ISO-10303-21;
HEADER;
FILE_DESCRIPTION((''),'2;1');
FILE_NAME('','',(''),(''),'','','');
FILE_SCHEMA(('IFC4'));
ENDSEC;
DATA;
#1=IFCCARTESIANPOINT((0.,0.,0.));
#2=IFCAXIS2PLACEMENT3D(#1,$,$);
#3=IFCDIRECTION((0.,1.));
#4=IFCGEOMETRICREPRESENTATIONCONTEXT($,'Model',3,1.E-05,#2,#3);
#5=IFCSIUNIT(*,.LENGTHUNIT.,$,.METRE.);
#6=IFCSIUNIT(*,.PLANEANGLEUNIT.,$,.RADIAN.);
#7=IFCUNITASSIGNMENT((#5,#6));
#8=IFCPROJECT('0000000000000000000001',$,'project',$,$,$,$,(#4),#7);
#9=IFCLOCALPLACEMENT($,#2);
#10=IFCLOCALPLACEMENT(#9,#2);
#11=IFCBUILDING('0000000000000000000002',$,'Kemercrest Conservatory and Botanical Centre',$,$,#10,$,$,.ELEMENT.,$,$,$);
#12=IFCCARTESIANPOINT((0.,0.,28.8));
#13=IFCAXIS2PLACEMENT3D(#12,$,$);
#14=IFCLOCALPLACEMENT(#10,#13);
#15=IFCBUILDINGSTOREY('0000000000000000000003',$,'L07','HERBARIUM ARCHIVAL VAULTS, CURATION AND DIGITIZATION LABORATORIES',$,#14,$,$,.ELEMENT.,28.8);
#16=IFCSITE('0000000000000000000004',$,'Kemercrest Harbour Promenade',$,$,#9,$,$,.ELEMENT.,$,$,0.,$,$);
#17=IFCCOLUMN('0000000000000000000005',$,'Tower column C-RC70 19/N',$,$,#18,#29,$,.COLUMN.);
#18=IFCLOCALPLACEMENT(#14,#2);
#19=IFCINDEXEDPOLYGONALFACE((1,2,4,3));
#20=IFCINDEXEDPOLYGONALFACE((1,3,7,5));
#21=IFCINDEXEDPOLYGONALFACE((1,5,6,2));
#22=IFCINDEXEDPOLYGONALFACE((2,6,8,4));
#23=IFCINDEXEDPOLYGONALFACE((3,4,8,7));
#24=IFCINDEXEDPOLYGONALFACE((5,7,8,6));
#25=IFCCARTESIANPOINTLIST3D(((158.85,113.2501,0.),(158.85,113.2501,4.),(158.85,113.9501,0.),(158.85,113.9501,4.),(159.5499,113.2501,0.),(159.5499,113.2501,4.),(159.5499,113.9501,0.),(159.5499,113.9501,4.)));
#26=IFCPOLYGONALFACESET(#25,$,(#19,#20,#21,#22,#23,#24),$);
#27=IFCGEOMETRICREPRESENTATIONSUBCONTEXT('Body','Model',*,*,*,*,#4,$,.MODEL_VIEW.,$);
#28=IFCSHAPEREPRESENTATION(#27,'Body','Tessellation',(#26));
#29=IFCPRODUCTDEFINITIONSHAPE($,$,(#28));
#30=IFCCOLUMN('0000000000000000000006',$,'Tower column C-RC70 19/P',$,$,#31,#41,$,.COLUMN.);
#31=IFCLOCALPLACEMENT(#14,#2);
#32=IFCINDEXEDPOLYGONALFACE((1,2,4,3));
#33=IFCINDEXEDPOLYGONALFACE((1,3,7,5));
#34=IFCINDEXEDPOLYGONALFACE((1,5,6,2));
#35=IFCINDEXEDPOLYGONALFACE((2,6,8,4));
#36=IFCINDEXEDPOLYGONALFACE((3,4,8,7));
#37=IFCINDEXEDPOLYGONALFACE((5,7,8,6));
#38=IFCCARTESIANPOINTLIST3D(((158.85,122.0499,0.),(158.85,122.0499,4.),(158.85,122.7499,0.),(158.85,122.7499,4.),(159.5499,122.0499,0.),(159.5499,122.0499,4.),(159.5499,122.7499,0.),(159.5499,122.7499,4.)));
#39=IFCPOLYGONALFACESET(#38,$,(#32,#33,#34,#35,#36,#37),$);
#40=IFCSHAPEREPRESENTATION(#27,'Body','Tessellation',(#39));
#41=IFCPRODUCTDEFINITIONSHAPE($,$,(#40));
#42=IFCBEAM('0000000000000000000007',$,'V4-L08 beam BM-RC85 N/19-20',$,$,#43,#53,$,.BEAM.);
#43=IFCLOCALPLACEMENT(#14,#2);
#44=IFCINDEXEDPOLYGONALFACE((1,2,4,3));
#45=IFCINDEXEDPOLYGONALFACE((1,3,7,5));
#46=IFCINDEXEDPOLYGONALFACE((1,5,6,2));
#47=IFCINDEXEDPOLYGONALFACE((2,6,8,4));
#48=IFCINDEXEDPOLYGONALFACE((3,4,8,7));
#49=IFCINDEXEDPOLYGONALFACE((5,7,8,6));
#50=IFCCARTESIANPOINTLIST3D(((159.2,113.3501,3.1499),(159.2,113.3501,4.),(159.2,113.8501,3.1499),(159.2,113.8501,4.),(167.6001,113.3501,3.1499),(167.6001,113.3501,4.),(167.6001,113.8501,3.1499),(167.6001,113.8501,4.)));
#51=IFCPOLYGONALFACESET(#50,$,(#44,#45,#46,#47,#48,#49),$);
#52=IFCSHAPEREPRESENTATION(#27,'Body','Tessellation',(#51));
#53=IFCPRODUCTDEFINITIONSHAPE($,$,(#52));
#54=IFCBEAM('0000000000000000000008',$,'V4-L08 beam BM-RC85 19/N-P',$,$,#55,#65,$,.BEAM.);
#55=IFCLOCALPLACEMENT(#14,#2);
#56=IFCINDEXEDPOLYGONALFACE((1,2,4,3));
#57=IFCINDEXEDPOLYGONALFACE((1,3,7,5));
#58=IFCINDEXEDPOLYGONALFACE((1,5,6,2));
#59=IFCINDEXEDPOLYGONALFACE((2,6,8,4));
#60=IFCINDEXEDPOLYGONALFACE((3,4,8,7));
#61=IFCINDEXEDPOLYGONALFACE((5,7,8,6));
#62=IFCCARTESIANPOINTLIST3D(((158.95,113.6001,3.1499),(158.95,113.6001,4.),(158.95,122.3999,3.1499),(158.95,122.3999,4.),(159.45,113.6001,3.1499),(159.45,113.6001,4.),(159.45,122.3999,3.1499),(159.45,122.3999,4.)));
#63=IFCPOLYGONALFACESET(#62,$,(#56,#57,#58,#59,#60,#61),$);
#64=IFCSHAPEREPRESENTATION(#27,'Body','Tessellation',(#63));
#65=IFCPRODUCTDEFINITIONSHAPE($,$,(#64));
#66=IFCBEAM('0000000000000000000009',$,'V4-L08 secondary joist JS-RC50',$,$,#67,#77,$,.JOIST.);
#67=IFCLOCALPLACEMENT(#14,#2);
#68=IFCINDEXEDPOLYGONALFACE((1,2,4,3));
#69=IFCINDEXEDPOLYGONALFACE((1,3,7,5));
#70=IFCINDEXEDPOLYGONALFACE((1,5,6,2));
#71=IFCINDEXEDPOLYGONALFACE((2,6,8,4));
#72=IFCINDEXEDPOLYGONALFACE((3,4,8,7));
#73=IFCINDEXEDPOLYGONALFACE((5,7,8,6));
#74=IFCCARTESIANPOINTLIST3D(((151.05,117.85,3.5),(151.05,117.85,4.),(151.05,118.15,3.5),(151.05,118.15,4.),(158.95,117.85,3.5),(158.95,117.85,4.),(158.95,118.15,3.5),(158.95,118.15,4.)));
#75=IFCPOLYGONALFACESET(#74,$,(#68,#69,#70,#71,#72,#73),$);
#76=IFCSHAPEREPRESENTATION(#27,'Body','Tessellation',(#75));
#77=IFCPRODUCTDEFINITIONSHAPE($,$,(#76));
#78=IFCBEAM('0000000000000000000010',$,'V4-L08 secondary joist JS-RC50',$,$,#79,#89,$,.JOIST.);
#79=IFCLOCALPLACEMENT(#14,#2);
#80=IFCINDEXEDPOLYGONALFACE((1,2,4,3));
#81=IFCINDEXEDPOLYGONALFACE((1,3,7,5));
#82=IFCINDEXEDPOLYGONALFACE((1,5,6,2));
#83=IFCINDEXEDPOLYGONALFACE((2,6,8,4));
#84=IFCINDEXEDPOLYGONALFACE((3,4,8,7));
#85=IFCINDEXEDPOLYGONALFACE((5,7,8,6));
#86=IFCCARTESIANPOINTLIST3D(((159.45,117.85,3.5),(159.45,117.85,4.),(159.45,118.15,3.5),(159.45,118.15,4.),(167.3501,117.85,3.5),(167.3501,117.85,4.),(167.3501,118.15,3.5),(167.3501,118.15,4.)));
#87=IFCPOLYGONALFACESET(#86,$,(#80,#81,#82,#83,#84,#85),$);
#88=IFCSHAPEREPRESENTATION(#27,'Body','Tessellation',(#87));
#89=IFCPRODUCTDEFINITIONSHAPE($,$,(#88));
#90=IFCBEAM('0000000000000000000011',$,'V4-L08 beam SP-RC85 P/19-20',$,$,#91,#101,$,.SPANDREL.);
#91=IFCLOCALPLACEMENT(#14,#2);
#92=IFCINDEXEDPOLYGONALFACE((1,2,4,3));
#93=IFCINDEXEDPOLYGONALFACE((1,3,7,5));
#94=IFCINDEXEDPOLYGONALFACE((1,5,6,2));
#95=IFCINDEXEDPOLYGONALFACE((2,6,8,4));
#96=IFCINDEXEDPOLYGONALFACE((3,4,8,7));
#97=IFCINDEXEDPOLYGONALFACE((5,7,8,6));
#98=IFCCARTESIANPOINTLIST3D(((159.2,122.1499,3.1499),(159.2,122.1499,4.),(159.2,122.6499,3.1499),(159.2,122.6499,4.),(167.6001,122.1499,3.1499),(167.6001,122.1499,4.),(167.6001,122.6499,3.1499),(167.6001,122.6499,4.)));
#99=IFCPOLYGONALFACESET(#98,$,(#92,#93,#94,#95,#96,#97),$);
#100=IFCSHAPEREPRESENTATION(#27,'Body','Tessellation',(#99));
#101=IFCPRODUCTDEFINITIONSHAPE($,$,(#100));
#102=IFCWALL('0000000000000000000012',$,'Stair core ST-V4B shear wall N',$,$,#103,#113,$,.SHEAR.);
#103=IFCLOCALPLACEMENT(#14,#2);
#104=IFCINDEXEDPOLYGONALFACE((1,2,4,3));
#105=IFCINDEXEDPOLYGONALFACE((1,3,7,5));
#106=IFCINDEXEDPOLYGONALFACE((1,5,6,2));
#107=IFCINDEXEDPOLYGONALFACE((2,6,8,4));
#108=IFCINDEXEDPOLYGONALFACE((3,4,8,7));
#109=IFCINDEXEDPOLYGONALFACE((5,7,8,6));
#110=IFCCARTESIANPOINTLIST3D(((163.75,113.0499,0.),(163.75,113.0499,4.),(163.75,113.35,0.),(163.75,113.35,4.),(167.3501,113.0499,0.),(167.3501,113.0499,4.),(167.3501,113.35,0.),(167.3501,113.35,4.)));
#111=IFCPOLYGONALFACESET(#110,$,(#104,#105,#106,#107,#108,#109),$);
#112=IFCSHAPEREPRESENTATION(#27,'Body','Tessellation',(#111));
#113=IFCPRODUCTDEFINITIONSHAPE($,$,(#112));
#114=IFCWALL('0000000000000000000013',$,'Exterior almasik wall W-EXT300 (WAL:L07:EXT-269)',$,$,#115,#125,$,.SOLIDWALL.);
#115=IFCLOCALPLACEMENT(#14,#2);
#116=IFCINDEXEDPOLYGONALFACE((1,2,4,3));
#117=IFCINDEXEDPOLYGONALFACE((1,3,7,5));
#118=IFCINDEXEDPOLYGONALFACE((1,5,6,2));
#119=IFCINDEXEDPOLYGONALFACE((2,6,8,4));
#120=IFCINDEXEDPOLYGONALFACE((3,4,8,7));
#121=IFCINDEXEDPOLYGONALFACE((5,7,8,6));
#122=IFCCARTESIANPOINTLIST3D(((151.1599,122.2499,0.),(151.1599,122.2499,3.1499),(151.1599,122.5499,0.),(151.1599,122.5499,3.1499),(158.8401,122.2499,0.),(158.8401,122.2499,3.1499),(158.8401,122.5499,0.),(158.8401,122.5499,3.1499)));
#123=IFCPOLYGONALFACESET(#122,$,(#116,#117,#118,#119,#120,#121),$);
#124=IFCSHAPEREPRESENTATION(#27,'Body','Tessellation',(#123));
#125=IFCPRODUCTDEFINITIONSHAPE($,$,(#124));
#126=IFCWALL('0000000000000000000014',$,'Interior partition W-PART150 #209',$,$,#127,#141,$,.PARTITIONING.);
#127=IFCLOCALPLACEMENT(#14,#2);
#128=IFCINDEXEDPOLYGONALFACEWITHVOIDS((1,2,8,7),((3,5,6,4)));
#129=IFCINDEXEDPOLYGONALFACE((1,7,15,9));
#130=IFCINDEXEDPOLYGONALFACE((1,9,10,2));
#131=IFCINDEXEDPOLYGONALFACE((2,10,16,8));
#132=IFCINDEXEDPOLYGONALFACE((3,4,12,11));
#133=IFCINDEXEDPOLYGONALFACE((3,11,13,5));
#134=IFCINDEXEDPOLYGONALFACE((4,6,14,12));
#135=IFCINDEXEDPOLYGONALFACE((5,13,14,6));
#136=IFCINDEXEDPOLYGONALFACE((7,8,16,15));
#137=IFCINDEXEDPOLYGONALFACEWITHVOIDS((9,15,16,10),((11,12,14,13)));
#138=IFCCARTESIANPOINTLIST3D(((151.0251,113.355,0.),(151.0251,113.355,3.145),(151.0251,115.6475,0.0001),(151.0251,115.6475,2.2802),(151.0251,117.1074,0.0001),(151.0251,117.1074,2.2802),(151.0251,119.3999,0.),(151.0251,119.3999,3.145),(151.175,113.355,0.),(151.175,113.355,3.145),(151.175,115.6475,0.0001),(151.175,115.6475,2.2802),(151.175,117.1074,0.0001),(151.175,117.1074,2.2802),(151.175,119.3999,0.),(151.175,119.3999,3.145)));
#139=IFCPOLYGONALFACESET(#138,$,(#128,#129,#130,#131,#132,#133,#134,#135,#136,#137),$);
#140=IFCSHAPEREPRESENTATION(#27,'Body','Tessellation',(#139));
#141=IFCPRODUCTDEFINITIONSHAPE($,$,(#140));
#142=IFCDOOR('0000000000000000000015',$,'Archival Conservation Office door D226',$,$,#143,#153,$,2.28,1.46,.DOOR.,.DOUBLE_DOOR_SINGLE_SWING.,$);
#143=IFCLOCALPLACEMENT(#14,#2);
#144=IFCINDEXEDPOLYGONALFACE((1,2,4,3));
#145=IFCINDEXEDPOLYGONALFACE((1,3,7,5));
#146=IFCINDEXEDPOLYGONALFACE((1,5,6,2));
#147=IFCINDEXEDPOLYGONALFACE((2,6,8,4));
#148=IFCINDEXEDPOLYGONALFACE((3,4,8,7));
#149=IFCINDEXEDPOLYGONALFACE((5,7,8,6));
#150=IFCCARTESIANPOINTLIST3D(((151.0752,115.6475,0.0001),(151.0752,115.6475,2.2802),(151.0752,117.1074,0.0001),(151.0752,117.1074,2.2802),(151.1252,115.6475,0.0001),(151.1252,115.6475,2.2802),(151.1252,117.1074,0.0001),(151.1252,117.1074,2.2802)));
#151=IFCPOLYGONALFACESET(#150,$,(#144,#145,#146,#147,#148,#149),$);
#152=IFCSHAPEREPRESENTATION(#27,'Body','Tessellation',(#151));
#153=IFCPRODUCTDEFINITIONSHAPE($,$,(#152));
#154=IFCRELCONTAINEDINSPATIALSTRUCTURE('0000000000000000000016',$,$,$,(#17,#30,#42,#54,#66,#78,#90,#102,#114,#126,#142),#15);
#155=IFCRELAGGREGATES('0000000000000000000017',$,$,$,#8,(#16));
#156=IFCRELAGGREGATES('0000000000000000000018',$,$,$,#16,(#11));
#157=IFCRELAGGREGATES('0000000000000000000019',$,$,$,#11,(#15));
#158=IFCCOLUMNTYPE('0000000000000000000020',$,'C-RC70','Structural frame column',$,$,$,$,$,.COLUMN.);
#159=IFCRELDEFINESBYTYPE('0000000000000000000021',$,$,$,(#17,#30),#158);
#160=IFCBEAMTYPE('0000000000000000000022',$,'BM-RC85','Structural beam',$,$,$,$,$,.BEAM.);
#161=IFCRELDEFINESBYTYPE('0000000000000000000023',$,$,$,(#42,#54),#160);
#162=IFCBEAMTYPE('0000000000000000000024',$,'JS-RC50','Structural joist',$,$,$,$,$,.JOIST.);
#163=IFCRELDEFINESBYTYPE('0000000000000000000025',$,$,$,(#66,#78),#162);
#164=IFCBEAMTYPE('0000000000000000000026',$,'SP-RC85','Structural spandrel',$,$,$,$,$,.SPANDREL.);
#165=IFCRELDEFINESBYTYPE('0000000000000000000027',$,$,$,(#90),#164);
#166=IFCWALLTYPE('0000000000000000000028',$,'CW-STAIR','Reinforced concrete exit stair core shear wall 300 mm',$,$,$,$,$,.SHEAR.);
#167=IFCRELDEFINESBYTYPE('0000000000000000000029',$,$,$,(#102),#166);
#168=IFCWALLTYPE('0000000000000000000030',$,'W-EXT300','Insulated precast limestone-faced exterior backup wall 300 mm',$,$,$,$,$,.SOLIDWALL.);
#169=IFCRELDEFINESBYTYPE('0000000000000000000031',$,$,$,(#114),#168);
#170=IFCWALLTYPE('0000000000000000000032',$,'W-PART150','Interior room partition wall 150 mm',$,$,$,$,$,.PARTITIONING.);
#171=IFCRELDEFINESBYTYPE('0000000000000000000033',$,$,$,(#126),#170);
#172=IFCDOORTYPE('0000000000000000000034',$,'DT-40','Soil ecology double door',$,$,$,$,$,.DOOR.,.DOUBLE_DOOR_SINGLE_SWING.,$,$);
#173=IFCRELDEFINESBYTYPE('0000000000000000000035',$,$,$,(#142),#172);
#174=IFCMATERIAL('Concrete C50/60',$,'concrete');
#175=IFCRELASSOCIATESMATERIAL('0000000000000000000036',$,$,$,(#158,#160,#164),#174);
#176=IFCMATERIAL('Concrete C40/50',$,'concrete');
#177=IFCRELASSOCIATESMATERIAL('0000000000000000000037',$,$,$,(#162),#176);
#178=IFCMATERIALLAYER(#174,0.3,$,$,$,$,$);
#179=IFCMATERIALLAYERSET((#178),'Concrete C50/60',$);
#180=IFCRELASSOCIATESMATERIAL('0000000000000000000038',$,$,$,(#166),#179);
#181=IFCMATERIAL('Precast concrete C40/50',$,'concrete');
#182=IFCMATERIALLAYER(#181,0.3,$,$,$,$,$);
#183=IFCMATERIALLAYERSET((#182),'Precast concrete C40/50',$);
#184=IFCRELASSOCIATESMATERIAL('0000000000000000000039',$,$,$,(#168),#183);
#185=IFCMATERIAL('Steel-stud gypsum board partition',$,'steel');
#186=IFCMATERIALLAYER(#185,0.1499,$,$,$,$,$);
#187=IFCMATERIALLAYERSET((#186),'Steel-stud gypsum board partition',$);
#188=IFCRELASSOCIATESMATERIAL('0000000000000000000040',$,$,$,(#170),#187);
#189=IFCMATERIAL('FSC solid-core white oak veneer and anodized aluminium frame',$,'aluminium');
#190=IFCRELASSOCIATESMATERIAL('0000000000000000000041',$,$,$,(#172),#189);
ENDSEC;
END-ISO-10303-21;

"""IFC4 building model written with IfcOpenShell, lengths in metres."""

from ifc_helpers import new_model, si_unit, direction, frame, frame_2d, origin, origin_2d, place, context, subcontext, project, spatial, rectangle, extrude, material, layer, layer_set, material_profile, profile_set, type_object, element, fill, save


model = new_model("IFC4")

# Units and contexts
model_context = context("Model", 3, precision=1e-05, world=origin(), true_north=direction((0.0, 1.0)))
body_context = subcontext(model_context, "Body", "Model", "MODEL_VIEW")
ifc_project = project(units=[si_unit("LENGTHUNIT", "METRE"), si_unit("PLANEANGLEUNIT", "RADIAN")], contexts=[model_context])

# Site, building, storey
site_placement = place(None, origin())
site = spatial("IfcSite", under=ifc_project, at=site_placement, Name="Kemercrest Harbour Promenade", CompositionType="ELEMENT", RefElevation=0.0)
building_placement = place(site_placement, origin())
building = spatial("IfcBuilding", under=site, at=building_placement, Name="Kemercrest Conservatory and Botanical Centre", CompositionType="ELEMENT")
storey_placement = place(building_placement, frame((0.0, 0.0, 28.8)))
storey = spatial("IfcBuildingStorey", under=building, at=storey_placement, Name="L07", Description="HERBARIUM ARCHIVAL VAULTS, CURATION AND DIGITIZATION LABORATORIES", CompositionType="ELEMENT", Elevation=28.8)

# Columns
ifc_material_1 = material(Name="Concrete C50/60", Category="concrete")
ifc_material_profile_1 = material_profile(ifc_material_1, rectangle(XDim=0.7, YDim=0.7, at=origin_2d()), Name="RC 700x700")
ifc_profile_set_1 = profile_set([ifc_material_profile_1], Name="Concrete C50/60")
column_type = type_object("IfcColumnType", Name="C-RC70", Description="Structural frame column", PredefinedType="COLUMN", material=ifc_profile_set_1)
for number, where, z_axis, x_axis, name in (
    (1, (159.2, 113.6001, 0.0), (0.0, 0.0, 1.0), (1.0, 0.0, 0.0), "Tower column C-RC70 19/N"),
    (2, (159.2, 122.3999, 0.0), (0.0, 0.0, 1.0), (1.0, 0.0, 0.0), "Tower column C-RC70 19/P"),
):
    element("IfcColumn", number, at=place(storey_placement, frame(where, z_axis=z_axis, x_axis=x_axis)), inside=storey, type_object=column_type, Name=name, PredefinedType="COLUMN", context=body_context, shape_type="SweptSolid", body=[
        extrude(rectangle(XDim=0.7, YDim=0.7, at=origin_2d()), origin(), (0.0, 0.0, 1.0), 4.0),
    ])

# Beams
ifc_material_profile_2 = material_profile(ifc_material_1, rectangle(XDim=0.5, YDim=0.8501, at=origin_2d()), Name="RC 500x850")
ifc_profile_set_2 = profile_set([ifc_material_profile_2], Name="Concrete C50/60")
beam_type_1 = type_object("IfcBeamType", Name="BM-RC85", Description="Structural beam", PredefinedType="BEAM", material=ifc_profile_set_2)
beam_1_placement = place(storey_placement, frame((159.2, 113.6001, 3.575), z_axis=(1.0, 0.0, 0.0), x_axis=(0.0, 1.0, 0.0)))
element("IfcBeam", 3, at=beam_1_placement, inside=storey, type_object=beam_type_1, Name="V4-L08 beam BM-RC85 N/19-20", PredefinedType="BEAM", context=body_context, shape_type="SweptSolid", body=[
    extrude(rectangle(XDim=0.5, YDim=0.8501, at=origin_2d()), origin(), (0.0, 0.0, 1.0), 8.4001),
])
beam_2_placement = place(storey_placement, frame((159.2, 113.6001, 3.575), z_axis=(0.0, 1.0, 0.0), x_axis=(-1.0, 0.0, 0.0)))
element("IfcBeam", 4, at=beam_2_placement, inside=storey, type_object=beam_type_1, Name="V4-L08 beam BM-RC85 19/N-P", PredefinedType="BEAM", context=body_context, shape_type="SweptSolid", body=[
    extrude(rectangle(XDim=0.5, YDim=0.8501, at=origin_2d()), origin(), (0.0, 0.0, 1.0), 8.7998),
])
ifc_material_2 = material(Name="Concrete C40/50", Category="concrete")
ifc_material_profile_3 = material_profile(ifc_material_2, rectangle(XDim=0.3, YDim=0.5, at=origin_2d()), Name="RC 300x500")
ifc_profile_set_3 = profile_set([ifc_material_profile_3], Name="Concrete C40/50")
beam_type_2 = type_object("IfcBeamType", Name="JS-RC50", Description="Structural joist", PredefinedType="JOIST", material=ifc_profile_set_3)
beam_3_placement = place(storey_placement, frame((151.05, 118.0, 3.75), z_axis=(1.0, 0.0, 0.0), x_axis=(0.0, 1.0, 0.0)))
element("IfcBeam", 5, at=beam_3_placement, inside=storey, type_object=beam_type_2, Name="V4-L08 secondary joist JS-RC50", PredefinedType="JOIST", context=body_context, shape_type="SweptSolid", body=[
    extrude(rectangle(XDim=0.3, YDim=0.5, at=origin_2d()), origin(), (0.0, 0.0, 1.0), 7.8999),
])
beam_4_placement = place(storey_placement, frame((159.45, 118.0, 3.75), z_axis=(1.0, 0.0, 0.0), x_axis=(0.0, 1.0, 0.0)))
element("IfcBeam", 6, at=beam_4_placement, inside=storey, type_object=beam_type_2, Name="V4-L08 secondary joist JS-RC50", PredefinedType="JOIST", context=body_context, shape_type="SweptSolid", body=[
    extrude(rectangle(XDim=0.3, YDim=0.5, at=origin_2d()), origin(), (0.0, 0.0, 1.0), 7.9001),
])
ifc_material_profile_4 = material_profile(ifc_material_1, rectangle(XDim=0.5, YDim=0.8501, at=origin_2d()), Name="RC 500x850")
ifc_profile_set_4 = profile_set([ifc_material_profile_4], Name="Concrete C50/60")
beam_type_3 = type_object("IfcBeamType", Name="SP-RC85", Description="Structural spandrel", PredefinedType="SPANDREL", material=ifc_profile_set_4)
beam_5_placement = place(storey_placement, frame((159.2, 122.3999, 3.575), z_axis=(1.0, 0.0, 0.0), x_axis=(0.0, 1.0, 0.0)))
element("IfcBeam", 7, at=beam_5_placement, inside=storey, type_object=beam_type_3, Name="V4-L08 beam SP-RC85 P/19-20", PredefinedType="SPANDREL", context=body_context, shape_type="SweptSolid", body=[
    extrude(rectangle(XDim=0.5, YDim=0.8501, at=origin_2d()), origin(), (0.0, 0.0, 1.0), 8.4001),
])

# Walls
ifc_layer_1 = layer(ifc_material_1, 0.3)
ifc_layer_set_1 = layer_set([ifc_layer_1], Name="Concrete C50/60")
wall_type_1 = type_object("IfcWallType", Name="CW-STAIR", Description="Reinforced concrete exit stair core shear wall 300 mm", PredefinedType="SHEAR", material=ifc_layer_set_1)
wall_1_placement = place(storey_placement, frame((163.75, 113.2, 0.0), z_axis=(0.0, 0.0, 1.0), x_axis=(1.0, 0.0, 0.0)))
element("IfcWall", 8, at=wall_1_placement, inside=storey, type_object=wall_type_1, Name="Stair core ST-V4B shear wall N", PredefinedType="SHEAR", context=body_context, shape_type="SweptSolid", body=[
    extrude(rectangle(XDim=3.6001, YDim=0.3, at=frame_2d((1.8, 0.0))), origin(), (0.0, 0.0, 1.0), 4.0),
])
ifc_material_3 = material(Name="Precast concrete C40/50", Category="concrete")
ifc_layer_2 = layer(ifc_material_3, 0.3)
ifc_layer_set_2 = layer_set([ifc_layer_2], Name="Precast concrete C40/50")
wall_type_2 = type_object("IfcWallType", Name="W-EXT300", Description="Insulated precast limestone-faced exterior backup wall 300 mm", PredefinedType="SOLIDWALL", material=ifc_layer_set_2)
wall_2_placement = place(storey_placement, frame((158.8401, 122.3999, 0.0), z_axis=(0.0, 0.0, 1.0), x_axis=(-1.0, 0.0, 0.0)))
element("IfcWall", 9, at=wall_2_placement, inside=storey, type_object=wall_type_2, Name="Exterior almasik wall W-EXT300 (WAL:L07:EXT-269)", PredefinedType="SOLIDWALL", context=body_context, shape_type="SweptSolid", body=[
    extrude(rectangle(XDim=7.6802, YDim=0.3, at=frame_2d((3.8401, 0.0))), origin(), (0.0, 0.0, 1.0), 3.1499),
])

# Wall, opening, door
ifc_material_4 = material(Name="Steel-stud gypsum board partition", Category="steel")
ifc_layer_3 = layer(ifc_material_4, 0.1499)
ifc_layer_set_3 = layer_set([ifc_layer_3], Name="Steel-stud gypsum board partition")
wall_type_3 = type_object("IfcWallType", Name="W-PART150", Description="Interior room partition wall 150 mm", PredefinedType="PARTITIONING", material=ifc_layer_set_3)
wall_3_placement = place(storey_placement, frame((151.1001, 113.355, 0.0), z_axis=(0.0, 0.0, 1.0), x_axis=(0.0, 1.0, 0.0)))
wall_3 = element("IfcWall", 10, at=wall_3_placement, inside=storey, type_object=wall_type_3, Name="Interior partition W-PART150 #209", PredefinedType="PARTITIONING", context=body_context, shape_type="SweptSolid", body=[
    extrude(rectangle(XDim=6.0449, YDim=0.1499, at=frame_2d((3.0225, 0.0))), origin(), (0.0, 0.0, 1.0), 3.145),
])
opening_1_placement = place(wall_3_placement, frame((2.2925, 0.0, 0.0)))
opening_1 = element("IfcOpeningElement", 11, at=opening_1_placement, cuts=wall_3, PredefinedType="OPENING", context=body_context, shape_type="SweptSolid", body=[
    extrude(rectangle(XDim=1.46, YDim=2.28, at=frame_2d((0.73, 1.1401))), frame((0.0, 0.085, 0.0), z_axis=(0.0, -1.0, 0.0), x_axis=(1.0, 0.0, 0.0)), (0.0, 0.0, 1.0), 0.1699),
])
ifc_material_5 = material(Name="FSC solid-core white oak veneer and anodized aluminium frame", Category="aluminium")
door_type_1 = type_object("IfcDoorType", Name="DT-40", Description="Soil ecology double door", OperationType="DOUBLE_DOOR_SINGLE_SWING", PredefinedType="DOOR", material=ifc_material_5)
door_1_placement = place(opening_1_placement, origin())
door_1 = element("IfcDoor", 12, at=door_1_placement, inside=storey, type_object=door_type_1, Name="Archival Conservation Office door D226", OperationType="DOUBLE_DOOR_SINGLE_SWING", OverallHeight=2.28, OverallWidth=1.46, PredefinedType="DOOR", context=body_context, shape_type="SweptSolid", body=[
    extrude(rectangle(XDim=1.46, YDim=2.28, at=frame_2d((0.73, 1.1401))), frame((0.0, 0.0249, 0.0), z_axis=(0.0, -1.0, 0.0), x_axis=(1.0, 0.0, 0.0)), (0.0, 0.0, 1.0), 0.05),
])
fill(opening_1, door_1)

save(model, "model.ifc")
